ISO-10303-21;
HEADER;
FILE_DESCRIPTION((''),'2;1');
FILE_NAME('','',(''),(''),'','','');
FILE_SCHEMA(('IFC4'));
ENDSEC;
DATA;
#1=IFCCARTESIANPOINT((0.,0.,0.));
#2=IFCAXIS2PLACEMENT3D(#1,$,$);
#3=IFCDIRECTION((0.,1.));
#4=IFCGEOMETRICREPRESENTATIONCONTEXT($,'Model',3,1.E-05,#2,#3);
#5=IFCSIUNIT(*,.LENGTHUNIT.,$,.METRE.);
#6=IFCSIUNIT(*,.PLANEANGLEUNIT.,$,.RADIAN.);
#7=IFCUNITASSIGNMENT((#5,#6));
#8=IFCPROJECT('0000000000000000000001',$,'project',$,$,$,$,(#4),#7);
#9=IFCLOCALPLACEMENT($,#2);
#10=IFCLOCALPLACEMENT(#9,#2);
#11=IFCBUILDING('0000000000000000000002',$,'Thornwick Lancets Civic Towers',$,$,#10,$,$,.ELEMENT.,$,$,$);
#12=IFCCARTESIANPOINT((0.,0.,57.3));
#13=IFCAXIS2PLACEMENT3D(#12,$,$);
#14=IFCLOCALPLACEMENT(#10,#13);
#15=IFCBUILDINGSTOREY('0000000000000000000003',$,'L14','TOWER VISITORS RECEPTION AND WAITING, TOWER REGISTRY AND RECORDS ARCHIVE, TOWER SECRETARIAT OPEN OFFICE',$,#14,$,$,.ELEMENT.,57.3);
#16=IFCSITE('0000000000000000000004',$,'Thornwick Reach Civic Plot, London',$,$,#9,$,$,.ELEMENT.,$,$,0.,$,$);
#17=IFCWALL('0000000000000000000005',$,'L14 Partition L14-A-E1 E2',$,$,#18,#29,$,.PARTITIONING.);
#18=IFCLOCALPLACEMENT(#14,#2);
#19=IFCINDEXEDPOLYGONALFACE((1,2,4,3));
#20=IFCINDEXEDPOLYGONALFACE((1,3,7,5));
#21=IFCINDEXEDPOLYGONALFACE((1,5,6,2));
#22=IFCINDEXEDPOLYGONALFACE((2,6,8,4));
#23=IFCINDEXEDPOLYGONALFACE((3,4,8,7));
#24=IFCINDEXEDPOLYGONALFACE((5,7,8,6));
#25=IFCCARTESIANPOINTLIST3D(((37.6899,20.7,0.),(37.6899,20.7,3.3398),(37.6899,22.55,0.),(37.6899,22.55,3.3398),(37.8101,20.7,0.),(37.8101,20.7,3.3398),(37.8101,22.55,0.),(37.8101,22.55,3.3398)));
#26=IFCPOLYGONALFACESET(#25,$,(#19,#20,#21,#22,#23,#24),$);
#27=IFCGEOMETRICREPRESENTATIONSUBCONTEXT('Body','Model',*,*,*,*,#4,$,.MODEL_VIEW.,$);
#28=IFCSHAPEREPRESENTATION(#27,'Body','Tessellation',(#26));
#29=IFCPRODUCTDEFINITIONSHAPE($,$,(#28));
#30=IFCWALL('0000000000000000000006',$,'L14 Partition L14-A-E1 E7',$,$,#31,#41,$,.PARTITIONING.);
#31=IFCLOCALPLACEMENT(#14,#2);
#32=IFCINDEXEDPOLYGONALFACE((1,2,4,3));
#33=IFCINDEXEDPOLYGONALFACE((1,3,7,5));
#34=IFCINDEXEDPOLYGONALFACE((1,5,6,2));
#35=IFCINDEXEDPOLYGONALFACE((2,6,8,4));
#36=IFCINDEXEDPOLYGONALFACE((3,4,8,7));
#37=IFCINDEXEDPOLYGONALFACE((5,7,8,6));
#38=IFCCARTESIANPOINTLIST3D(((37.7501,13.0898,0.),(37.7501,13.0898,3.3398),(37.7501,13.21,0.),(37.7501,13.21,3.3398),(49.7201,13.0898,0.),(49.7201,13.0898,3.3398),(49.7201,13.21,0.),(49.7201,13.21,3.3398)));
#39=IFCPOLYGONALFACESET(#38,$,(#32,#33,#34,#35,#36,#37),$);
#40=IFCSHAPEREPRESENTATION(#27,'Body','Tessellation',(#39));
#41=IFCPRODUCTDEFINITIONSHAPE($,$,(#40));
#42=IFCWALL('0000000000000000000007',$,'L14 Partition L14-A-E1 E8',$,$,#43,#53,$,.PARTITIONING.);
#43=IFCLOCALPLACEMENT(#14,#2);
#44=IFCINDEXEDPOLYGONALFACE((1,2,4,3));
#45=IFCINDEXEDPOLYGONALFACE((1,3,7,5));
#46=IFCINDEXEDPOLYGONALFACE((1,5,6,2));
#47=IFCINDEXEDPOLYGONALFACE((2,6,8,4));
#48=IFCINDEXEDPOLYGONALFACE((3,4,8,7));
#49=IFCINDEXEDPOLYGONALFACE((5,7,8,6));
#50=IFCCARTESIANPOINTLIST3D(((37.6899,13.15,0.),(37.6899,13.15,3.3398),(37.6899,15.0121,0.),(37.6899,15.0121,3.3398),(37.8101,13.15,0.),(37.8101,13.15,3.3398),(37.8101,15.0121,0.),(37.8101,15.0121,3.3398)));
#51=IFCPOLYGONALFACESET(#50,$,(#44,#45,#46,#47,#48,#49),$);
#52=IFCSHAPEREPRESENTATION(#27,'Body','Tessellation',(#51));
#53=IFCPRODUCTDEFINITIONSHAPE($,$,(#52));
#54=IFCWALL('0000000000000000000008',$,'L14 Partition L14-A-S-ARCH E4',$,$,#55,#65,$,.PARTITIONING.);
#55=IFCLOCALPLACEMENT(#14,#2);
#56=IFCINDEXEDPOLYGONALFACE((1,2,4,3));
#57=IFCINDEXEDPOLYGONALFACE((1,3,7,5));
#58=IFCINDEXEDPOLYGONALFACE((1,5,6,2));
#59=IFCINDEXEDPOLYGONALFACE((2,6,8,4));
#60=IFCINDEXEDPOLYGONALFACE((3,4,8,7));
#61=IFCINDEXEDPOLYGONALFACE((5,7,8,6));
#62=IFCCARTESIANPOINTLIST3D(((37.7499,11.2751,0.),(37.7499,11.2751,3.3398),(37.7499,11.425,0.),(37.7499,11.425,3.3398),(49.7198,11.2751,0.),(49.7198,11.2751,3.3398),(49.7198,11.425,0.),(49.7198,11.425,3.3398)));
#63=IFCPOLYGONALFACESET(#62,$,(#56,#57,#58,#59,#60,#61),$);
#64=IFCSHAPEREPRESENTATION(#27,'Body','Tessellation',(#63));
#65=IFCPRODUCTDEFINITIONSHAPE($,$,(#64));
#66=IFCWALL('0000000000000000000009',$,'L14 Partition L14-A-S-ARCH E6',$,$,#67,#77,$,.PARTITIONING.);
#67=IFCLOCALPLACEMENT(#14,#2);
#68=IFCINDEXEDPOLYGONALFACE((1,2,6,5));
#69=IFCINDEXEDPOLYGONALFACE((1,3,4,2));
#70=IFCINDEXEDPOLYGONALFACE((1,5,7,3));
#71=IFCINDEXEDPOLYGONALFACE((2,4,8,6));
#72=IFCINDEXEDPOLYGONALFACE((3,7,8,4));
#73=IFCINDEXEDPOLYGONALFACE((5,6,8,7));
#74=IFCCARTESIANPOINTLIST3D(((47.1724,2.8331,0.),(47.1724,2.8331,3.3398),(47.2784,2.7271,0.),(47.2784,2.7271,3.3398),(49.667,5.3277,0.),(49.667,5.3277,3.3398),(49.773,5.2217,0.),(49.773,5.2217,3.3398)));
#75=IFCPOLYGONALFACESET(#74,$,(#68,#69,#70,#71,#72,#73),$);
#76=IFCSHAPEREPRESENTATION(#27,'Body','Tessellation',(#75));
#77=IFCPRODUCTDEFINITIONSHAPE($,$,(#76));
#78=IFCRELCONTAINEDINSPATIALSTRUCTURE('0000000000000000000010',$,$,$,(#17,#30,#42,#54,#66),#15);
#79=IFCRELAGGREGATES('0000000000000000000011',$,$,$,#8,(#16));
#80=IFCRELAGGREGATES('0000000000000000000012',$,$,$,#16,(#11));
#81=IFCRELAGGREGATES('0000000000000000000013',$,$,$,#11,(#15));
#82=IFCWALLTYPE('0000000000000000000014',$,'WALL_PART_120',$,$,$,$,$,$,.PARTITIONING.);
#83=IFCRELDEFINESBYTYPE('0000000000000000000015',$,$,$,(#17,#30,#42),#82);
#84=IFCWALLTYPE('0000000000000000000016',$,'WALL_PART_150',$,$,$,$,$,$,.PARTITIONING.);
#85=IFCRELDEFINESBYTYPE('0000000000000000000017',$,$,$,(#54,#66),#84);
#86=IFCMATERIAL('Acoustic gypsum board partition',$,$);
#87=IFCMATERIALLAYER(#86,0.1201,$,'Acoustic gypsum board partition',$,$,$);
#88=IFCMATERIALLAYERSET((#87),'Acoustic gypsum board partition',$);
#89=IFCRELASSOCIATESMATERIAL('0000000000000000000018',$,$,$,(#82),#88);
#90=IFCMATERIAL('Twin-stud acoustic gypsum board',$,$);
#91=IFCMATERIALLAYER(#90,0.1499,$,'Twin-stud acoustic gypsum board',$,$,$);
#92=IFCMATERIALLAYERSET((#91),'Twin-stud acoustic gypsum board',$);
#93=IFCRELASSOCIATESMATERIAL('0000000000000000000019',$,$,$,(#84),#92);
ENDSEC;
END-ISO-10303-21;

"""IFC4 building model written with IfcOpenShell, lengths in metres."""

from ifc_helpers import new_model, si_unit, direction, frame, frame_2d, origin, place, context, subcontext, project, spatial, rectangle, extrude, material, layer, layer_set, type_object, element, save


model = new_model("IFC4")

# Units and contexts
model_context = context("Model", 3, precision=1e-05, world=origin(), true_north=direction((0.0, 1.0)))
body_context = subcontext(model_context, "Body", "Model", "MODEL_VIEW")
ifc_project = project(units=[si_unit("LENGTHUNIT", "METRE"), si_unit("PLANEANGLEUNIT", "RADIAN")], contexts=[model_context])

# Site, building, storey
site_placement = place(None, origin())
site = spatial("IfcSite", under=ifc_project, at=site_placement, Name="Thornwick Reach Civic Plot, London", CompositionType="ELEMENT", RefElevation=0.0)
building_placement = place(site_placement, origin())
building = spatial("IfcBuilding", under=site, at=building_placement, Name="Thornwick Lancets Civic Towers", CompositionType="ELEMENT")
storey_placement = place(building_placement, frame((0.0, 0.0, 57.3)))
storey = spatial("IfcBuildingStorey", under=building, at=storey_placement, Name="L14", Description="TOWER VISITORS RECEPTION AND WAITING, TOWER REGISTRY AND RECORDS ARCHIVE, TOWER SECRETARIAT OPEN OFFICE", CompositionType="ELEMENT", Elevation=57.3)

# Walls
ifc_material_1 = material(Name="Acoustic gypsum board partition")
ifc_layer_1 = layer(ifc_material_1, 0.1201, Name="Acoustic gypsum board partition")
ifc_layer_set_1 = layer_set([ifc_layer_1], Name="Acoustic gypsum board partition")
wall_type_1 = type_object("IfcWallType", Name="WALL_PART_120", PredefinedType="PARTITIONING", material=ifc_layer_set_1)
wall_1_placement = place(storey_placement, frame((37.75, 20.7, 0.0), z_axis=(0.0, 0.0, 1.0), x_axis=(0.0, 1.0, 0.0)))
element("IfcWall", 1, at=wall_1_placement, inside=storey, type_object=wall_type_1, Name="L14 Partition L14-A-E1 E2", PredefinedType="PARTITIONING", context=body_context, shape_type="SweptSolid", body=[
    extrude(rectangle(XDim=1.8501, YDim=0.1201, at=frame_2d((0.925, 0.0))), origin(), (0.0, 0.0, 1.0), 3.3398),
])
wall_2_placement = place(storey_placement, frame((49.72, 13.1499, 0.0), z_axis=(0.0, 0.0, 1.0), x_axis=(-1.0, 0.0, 0.0)))
element("IfcWall", 2, at=wall_2_placement, inside=storey, type_object=wall_type_1, Name="L14 Partition L14-A-E1 E7", PredefinedType="PARTITIONING", context=body_context, shape_type="SweptSolid", body=[
    extrude(rectangle(XDim=11.97, YDim=0.1201, at=frame_2d((5.9849, 0.0))), origin(), (0.0, 0.0, 1.0), 3.3398),
])
wall_3_placement = place(storey_placement, frame((37.75, 13.1499, 0.0), z_axis=(0.0, 0.0, 1.0), x_axis=(0.0, 1.0, 0.0)))
element("IfcWall", 3, at=wall_3_placement, inside=storey, type_object=wall_type_1, Name="L14 Partition L14-A-E1 E8", PredefinedType="PARTITIONING", context=body_context, shape_type="SweptSolid", body=[
    extrude(rectangle(XDim=1.8621, YDim=0.1201, at=frame_2d((0.9312, 0.0))), origin(), (0.0, 0.0, 1.0), 3.3398),
])
ifc_material_2 = material(Name="Twin-stud acoustic gypsum board")
ifc_layer_2 = layer(ifc_material_2, 0.1499, Name="Twin-stud acoustic gypsum board")
ifc_layer_set_2 = layer_set([ifc_layer_2], Name="Twin-stud acoustic gypsum board")
wall_type_2 = type_object("IfcWallType", Name="WALL_PART_150", PredefinedType="PARTITIONING", material=ifc_layer_set_2)
wall_4_placement = place(storey_placement, frame((37.75, 11.3501, 0.0), z_axis=(0.0, 0.0, 1.0), x_axis=(1.0, 0.0, 0.0)))
element("IfcWall", 4, at=wall_4_placement, inside=storey, type_object=wall_type_2, Name="L14 Partition L14-A-S-ARCH E4", PredefinedType="PARTITIONING", context=body_context, shape_type="SweptSolid", body=[
    extrude(rectangle(XDim=11.97, YDim=0.1499, at=frame_2d((5.9849, 0.0))), origin(), (0.0, 0.0, 1.0), 3.3398),
])
wall_5_placement = place(storey_placement, frame((49.72, 5.2747, 0.0), z_axis=(0.0, 0.0, 1.0), x_axis=(-0.707107, -0.707107, 0.0)))
element("IfcWall", 5, at=wall_5_placement, inside=storey, type_object=wall_type_2, Name="L14 Partition L14-A-S-ARCH E6", PredefinedType="PARTITIONING", context=body_context, shape_type="SweptSolid", body=[
    extrude(rectangle(XDim=3.5278, YDim=0.1499, at=frame_2d((1.7639, 0.0))), origin(), (0.0, 0.0, 1.0), 3.3398),
])

save(model, "model.ifc")
